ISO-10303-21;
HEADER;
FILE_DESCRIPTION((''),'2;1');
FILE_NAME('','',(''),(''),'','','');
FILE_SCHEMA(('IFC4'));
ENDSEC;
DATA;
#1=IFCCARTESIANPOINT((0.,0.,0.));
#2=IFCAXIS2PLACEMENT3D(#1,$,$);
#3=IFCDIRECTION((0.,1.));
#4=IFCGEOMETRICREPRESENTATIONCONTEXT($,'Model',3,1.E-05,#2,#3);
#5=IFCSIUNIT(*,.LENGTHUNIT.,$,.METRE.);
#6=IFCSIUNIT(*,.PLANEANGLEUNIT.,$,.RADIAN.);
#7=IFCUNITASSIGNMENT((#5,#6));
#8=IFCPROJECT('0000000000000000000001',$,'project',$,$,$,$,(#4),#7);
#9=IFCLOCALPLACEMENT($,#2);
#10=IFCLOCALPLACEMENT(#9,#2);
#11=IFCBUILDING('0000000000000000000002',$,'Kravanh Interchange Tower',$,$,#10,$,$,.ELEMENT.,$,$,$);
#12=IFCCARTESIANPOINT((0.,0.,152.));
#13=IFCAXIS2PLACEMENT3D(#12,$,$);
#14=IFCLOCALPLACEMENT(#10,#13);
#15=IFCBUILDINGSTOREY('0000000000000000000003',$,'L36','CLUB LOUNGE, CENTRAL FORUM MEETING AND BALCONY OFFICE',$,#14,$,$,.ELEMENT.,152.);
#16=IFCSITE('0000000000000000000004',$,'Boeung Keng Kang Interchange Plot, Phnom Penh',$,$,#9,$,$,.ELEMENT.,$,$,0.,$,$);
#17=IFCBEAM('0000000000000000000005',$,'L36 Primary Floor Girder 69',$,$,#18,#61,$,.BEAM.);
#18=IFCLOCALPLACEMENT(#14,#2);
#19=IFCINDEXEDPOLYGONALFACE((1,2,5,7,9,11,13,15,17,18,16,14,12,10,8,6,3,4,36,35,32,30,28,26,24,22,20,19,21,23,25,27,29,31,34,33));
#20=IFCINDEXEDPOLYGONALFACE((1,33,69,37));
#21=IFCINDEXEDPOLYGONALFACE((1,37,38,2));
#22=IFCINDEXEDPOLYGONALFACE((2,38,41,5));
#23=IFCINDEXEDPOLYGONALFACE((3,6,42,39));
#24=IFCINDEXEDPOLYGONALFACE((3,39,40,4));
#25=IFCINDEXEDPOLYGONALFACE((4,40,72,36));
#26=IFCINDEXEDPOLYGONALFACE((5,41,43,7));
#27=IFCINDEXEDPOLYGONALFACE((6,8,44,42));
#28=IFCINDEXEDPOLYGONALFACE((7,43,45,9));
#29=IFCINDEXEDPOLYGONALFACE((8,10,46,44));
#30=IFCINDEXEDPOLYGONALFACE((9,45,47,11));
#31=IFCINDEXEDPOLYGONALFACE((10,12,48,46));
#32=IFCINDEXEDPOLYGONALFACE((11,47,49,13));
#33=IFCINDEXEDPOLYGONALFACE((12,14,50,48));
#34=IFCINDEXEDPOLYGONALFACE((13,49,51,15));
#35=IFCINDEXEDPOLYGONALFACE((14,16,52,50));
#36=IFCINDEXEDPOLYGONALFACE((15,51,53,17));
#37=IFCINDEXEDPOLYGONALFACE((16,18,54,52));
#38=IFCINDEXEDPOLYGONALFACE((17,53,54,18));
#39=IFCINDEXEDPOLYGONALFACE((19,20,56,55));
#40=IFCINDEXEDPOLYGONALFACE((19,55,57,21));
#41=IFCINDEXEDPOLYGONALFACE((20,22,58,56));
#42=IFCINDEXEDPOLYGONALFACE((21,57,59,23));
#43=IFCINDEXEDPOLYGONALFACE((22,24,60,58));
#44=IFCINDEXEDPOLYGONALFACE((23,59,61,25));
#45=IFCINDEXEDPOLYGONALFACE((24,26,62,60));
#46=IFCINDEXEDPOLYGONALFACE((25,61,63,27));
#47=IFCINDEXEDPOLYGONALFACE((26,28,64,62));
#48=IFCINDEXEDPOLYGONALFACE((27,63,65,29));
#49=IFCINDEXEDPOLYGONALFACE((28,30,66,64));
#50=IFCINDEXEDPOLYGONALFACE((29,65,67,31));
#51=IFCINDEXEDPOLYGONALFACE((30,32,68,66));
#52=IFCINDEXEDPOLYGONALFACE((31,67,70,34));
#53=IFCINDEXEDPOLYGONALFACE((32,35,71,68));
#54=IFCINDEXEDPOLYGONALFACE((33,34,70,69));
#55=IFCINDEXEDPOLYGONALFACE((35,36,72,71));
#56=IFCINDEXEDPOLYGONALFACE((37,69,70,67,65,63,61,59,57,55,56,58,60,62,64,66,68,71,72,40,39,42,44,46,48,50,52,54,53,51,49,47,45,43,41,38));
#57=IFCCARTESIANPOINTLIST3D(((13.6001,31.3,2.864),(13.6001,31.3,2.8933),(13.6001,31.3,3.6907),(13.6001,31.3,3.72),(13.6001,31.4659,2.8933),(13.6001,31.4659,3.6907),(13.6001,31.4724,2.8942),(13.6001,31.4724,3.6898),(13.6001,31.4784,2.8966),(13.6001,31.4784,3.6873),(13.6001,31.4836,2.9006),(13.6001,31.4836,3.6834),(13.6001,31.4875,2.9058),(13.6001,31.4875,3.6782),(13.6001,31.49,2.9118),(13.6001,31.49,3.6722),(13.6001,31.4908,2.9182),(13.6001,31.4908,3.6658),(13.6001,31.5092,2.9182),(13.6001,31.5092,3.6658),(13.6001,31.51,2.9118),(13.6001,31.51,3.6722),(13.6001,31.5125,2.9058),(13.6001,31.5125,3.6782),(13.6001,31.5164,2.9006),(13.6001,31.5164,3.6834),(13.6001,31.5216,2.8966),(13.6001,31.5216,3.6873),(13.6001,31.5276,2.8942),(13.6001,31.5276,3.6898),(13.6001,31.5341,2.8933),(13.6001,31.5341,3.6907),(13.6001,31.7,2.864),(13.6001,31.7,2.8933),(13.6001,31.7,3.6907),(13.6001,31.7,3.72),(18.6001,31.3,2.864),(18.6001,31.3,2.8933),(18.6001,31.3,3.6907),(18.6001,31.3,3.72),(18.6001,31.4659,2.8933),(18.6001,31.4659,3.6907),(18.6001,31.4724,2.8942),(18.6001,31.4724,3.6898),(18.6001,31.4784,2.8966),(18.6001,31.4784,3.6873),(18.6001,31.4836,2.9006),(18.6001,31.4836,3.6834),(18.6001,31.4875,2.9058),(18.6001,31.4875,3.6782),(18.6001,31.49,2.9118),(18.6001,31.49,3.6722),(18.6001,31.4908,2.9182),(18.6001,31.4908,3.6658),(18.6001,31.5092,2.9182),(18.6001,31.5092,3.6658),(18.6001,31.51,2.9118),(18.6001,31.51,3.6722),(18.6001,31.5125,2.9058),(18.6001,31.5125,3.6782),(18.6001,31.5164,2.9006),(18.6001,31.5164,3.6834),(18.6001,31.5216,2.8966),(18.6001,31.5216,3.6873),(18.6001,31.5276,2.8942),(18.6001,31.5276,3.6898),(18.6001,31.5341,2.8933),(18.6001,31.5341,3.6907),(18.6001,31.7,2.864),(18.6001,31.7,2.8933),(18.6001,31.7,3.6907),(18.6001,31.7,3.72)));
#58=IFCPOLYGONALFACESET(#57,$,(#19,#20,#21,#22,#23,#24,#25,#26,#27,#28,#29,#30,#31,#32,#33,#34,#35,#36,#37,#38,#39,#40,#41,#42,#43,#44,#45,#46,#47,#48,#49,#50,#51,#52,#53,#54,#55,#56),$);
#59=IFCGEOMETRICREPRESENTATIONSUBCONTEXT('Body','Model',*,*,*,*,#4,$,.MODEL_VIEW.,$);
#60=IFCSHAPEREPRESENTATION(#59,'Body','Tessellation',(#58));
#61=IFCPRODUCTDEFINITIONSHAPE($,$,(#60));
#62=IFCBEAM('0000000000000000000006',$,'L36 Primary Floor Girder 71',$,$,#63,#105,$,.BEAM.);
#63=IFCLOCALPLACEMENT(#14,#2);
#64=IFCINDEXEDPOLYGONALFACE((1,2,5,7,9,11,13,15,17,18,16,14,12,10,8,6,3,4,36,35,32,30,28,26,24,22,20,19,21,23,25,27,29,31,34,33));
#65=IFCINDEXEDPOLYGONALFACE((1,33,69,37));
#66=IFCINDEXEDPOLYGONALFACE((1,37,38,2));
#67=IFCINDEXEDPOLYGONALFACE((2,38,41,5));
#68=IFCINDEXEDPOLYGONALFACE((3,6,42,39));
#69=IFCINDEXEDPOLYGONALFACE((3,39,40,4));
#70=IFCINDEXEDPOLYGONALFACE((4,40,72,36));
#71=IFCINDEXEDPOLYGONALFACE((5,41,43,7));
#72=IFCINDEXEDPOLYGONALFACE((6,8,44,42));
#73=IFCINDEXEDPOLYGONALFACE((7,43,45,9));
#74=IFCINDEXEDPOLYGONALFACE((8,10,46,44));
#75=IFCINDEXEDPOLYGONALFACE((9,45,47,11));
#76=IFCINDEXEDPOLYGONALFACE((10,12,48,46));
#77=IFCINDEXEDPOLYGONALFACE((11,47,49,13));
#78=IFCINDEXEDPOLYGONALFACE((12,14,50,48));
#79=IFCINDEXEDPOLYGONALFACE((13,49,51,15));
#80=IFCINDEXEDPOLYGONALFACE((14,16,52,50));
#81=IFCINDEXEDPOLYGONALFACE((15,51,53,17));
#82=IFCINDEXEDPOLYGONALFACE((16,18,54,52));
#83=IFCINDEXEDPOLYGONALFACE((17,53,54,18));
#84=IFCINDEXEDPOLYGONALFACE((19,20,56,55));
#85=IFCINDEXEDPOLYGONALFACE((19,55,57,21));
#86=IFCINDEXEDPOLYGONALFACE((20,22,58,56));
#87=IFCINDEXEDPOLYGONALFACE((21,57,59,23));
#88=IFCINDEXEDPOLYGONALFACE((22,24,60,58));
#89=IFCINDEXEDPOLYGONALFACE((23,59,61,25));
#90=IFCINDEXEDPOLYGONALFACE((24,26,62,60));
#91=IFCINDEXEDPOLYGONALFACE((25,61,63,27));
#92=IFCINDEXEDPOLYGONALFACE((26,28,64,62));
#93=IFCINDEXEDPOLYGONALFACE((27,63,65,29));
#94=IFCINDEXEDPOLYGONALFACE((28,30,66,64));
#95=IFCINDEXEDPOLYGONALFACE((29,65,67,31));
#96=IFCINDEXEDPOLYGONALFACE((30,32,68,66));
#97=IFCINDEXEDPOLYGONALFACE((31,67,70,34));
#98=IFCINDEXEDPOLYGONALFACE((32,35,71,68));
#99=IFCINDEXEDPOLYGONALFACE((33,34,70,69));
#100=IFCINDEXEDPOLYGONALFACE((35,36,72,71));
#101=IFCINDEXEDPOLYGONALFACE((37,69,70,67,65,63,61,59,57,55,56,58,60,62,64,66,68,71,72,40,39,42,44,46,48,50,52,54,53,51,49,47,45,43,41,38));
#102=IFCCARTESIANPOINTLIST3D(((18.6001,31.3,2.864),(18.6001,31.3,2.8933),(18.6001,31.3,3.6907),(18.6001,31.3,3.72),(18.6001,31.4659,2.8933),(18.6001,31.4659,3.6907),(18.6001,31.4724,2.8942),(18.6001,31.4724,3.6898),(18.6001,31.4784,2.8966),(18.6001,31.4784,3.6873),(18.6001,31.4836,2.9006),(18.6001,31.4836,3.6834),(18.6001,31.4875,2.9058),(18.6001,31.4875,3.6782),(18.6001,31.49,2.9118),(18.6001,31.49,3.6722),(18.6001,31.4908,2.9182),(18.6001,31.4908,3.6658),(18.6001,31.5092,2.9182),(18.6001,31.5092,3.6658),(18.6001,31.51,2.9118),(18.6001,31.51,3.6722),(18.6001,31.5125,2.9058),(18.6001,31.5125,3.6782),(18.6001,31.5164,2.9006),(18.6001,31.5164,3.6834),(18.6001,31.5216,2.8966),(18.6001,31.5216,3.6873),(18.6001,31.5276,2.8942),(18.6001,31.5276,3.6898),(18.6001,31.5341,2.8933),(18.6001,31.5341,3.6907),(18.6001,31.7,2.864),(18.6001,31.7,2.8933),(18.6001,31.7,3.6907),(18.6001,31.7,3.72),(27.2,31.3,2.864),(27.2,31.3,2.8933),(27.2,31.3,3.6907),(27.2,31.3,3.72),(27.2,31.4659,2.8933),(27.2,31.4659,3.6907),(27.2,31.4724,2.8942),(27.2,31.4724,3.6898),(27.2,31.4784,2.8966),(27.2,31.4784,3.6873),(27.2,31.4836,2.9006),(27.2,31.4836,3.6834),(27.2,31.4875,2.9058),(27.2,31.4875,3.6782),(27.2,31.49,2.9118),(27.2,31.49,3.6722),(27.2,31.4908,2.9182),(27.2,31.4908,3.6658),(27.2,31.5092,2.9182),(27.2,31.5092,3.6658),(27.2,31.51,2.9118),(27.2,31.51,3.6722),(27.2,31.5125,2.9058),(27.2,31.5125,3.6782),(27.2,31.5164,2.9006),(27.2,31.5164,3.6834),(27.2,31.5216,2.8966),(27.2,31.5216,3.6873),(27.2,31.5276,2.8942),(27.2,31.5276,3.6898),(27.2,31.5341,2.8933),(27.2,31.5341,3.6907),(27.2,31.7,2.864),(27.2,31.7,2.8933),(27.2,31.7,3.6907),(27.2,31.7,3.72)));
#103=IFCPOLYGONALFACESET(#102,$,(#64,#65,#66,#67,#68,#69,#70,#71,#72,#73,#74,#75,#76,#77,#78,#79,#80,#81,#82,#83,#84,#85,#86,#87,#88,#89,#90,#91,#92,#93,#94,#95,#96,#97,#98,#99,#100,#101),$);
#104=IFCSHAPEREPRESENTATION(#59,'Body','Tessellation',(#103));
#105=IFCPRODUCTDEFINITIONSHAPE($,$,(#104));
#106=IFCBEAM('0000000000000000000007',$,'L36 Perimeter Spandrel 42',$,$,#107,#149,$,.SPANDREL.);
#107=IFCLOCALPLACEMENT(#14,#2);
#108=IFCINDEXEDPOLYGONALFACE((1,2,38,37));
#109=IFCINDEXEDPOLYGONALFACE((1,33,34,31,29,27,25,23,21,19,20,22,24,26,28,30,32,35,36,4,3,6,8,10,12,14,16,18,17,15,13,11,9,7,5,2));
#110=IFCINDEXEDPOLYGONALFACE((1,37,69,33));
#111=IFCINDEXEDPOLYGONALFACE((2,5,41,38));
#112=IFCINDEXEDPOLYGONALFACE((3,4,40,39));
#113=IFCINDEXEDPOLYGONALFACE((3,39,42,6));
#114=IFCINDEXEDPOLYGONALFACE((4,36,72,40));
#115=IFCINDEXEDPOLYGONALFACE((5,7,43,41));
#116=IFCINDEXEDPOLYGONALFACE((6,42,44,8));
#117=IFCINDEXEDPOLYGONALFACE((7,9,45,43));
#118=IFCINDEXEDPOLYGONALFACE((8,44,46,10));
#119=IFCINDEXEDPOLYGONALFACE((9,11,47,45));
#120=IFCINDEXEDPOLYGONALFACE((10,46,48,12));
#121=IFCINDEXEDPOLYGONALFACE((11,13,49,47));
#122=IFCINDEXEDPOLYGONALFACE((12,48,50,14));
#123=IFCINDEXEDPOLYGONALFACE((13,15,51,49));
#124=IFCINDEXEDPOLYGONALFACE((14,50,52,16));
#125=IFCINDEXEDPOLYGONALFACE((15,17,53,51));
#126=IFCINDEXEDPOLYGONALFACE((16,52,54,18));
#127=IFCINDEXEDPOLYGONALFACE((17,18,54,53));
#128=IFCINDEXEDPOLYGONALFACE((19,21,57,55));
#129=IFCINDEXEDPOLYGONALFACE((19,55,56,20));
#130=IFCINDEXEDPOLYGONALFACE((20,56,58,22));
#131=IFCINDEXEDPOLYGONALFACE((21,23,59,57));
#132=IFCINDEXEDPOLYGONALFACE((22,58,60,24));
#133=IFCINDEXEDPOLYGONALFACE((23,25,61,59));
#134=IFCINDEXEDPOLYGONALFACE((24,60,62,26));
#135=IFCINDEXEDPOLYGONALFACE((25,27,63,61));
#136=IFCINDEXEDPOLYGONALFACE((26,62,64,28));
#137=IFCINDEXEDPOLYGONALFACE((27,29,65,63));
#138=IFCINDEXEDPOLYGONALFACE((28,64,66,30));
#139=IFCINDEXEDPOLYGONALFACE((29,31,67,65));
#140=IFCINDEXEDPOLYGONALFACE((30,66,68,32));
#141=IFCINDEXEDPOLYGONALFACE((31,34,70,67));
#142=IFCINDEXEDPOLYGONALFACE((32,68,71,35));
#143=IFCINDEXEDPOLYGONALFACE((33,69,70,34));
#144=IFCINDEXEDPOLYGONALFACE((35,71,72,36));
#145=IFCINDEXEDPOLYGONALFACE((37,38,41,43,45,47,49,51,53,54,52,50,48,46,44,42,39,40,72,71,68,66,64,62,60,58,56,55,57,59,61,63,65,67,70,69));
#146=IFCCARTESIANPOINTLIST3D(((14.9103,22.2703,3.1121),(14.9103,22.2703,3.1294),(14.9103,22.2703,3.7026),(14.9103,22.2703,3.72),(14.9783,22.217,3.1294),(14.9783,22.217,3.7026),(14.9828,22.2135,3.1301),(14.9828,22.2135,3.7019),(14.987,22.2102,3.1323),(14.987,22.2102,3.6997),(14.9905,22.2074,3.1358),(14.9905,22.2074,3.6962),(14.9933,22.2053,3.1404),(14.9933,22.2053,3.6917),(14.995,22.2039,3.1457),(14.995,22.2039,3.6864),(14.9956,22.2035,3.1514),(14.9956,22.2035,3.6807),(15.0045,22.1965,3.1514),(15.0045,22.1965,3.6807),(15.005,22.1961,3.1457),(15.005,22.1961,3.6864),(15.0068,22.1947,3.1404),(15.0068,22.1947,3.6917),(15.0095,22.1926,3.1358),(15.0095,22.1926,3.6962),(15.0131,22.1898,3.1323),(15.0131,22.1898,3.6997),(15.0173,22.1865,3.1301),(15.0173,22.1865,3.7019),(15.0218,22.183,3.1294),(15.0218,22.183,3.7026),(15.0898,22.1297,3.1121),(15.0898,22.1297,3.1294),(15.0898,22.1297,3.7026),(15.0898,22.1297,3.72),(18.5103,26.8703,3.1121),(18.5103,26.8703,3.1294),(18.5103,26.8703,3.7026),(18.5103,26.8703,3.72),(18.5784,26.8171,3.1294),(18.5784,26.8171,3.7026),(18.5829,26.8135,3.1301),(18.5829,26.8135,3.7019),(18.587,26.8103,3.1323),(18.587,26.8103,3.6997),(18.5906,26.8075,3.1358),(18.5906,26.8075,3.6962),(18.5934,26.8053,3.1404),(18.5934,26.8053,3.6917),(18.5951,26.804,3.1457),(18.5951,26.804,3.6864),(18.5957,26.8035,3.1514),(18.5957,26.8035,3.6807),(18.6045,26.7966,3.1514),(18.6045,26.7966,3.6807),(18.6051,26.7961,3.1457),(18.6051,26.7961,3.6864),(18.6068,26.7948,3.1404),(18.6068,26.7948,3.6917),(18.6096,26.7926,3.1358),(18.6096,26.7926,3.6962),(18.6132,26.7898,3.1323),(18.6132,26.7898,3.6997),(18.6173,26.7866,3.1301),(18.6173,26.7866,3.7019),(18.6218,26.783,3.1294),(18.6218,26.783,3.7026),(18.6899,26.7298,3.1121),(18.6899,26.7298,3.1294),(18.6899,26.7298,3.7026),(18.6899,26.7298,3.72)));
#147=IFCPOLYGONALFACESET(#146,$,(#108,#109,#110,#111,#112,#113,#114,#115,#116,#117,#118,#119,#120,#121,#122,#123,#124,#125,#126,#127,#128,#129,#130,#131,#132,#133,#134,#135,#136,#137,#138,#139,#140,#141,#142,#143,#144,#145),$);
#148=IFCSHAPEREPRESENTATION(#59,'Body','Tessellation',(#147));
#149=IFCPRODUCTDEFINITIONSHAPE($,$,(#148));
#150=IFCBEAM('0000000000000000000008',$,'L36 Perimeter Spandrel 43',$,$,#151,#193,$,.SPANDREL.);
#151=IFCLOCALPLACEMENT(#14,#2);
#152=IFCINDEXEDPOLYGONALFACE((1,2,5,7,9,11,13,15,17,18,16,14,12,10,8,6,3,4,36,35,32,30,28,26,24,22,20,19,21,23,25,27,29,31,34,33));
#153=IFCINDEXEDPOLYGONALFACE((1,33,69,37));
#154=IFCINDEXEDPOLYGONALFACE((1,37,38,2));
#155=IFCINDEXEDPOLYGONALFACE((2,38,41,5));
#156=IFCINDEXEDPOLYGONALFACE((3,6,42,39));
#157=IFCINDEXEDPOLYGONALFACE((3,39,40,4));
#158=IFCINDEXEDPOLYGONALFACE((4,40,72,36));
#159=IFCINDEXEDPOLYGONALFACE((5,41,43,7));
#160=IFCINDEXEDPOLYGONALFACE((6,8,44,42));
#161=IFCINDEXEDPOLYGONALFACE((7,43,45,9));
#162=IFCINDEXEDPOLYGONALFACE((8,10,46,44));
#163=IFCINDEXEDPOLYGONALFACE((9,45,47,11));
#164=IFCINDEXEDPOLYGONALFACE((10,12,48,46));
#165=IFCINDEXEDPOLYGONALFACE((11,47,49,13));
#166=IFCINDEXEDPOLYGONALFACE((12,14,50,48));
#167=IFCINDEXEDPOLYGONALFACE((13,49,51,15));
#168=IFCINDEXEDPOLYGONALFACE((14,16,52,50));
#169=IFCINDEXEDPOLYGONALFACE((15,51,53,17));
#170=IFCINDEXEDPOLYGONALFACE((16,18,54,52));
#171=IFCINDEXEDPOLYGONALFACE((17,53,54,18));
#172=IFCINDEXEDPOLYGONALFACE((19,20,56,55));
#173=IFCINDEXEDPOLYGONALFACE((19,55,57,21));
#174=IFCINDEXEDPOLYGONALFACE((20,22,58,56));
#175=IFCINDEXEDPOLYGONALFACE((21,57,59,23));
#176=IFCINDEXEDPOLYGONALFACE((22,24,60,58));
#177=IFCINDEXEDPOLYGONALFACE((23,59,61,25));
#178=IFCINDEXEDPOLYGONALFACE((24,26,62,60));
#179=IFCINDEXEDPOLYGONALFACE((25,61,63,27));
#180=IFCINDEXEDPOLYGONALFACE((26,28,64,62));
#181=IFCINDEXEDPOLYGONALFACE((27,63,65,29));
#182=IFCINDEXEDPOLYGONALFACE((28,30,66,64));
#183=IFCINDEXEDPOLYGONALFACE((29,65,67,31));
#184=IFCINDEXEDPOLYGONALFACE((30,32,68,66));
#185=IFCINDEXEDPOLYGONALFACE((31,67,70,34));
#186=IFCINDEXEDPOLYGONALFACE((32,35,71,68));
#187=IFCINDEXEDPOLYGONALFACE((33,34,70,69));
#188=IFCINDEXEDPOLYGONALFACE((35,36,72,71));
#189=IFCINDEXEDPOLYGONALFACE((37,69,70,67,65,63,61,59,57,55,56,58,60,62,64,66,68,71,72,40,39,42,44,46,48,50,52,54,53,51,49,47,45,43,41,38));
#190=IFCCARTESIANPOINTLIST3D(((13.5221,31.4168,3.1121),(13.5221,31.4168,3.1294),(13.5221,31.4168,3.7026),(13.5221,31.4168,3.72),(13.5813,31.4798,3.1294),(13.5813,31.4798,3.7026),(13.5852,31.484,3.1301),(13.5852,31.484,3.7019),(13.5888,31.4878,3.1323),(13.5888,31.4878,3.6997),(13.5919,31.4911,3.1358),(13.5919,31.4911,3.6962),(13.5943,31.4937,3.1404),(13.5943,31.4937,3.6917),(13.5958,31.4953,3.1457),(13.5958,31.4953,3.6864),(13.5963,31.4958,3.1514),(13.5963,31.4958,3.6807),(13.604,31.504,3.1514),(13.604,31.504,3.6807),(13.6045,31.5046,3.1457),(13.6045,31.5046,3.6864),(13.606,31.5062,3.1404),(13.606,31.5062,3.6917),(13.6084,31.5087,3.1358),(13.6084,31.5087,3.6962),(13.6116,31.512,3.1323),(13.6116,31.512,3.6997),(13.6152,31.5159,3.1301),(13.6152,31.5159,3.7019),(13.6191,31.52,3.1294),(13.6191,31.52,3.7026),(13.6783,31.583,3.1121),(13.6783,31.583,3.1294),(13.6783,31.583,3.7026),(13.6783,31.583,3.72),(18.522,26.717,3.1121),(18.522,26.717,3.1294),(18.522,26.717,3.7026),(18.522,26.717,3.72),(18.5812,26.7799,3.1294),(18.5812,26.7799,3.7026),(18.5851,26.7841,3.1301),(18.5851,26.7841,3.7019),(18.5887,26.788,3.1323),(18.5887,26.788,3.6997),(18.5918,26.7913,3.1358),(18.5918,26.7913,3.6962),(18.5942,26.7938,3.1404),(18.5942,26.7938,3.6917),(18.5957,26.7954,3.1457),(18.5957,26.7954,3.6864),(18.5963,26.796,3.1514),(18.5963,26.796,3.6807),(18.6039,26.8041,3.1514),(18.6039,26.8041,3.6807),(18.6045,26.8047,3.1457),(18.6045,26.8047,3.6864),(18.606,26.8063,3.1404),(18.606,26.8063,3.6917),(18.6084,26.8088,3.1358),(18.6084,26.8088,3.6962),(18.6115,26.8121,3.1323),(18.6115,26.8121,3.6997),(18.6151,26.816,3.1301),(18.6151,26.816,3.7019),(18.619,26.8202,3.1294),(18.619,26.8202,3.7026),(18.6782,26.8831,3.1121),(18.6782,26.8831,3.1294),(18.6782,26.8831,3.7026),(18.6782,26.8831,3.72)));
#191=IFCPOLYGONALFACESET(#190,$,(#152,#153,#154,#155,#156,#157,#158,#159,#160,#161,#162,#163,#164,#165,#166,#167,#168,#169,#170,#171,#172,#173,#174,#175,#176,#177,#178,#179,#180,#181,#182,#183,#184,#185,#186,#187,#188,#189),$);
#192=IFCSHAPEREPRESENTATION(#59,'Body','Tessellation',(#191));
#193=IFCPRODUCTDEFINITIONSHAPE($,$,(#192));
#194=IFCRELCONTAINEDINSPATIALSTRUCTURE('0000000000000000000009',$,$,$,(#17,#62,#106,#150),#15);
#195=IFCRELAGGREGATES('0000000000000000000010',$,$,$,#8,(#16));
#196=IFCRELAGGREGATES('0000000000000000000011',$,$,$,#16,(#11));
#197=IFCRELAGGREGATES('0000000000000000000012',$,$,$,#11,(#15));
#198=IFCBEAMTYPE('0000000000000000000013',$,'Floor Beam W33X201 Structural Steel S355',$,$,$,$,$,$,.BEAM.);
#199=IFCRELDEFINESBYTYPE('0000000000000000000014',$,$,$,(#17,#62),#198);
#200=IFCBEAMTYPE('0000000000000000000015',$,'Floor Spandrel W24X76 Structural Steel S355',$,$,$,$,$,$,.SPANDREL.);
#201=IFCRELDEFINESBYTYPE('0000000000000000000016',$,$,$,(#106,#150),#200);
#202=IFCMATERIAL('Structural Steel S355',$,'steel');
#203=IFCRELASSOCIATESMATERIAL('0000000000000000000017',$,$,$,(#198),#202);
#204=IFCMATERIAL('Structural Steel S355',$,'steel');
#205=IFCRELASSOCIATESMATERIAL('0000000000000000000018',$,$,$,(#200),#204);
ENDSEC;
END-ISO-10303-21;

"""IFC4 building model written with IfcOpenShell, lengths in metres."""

from ifc_helpers import new_model, si_unit, direction, frame, origin, origin_2d, place, context, subcontext, project, spatial, i_section, extrude, material, material_profile, profile_set, type_object, element, save


model = new_model("IFC4")

# Units and contexts
model_context = context("Model", 3, precision=1e-05, world=origin(), true_north=direction((0.0, 1.0)))
body_context = subcontext(model_context, "Body", "Model", "MODEL_VIEW")
ifc_project = project(units=[si_unit("LENGTHUNIT", "METRE"), si_unit("PLANEANGLEUNIT", "RADIAN")], contexts=[model_context])

# Site, building, storey
site_placement = place(None, origin())
site = spatial("IfcSite", under=ifc_project, at=site_placement, Name="Boeung Keng Kang Interchange Plot, Phnom Penh", CompositionType="ELEMENT", RefElevation=0.0)
building_placement = place(site_placement, origin())
building = spatial("IfcBuilding", under=site, at=building_placement, Name="Kravanh Interchange Tower", CompositionType="ELEMENT")
storey_placement = place(building_placement, frame((0.0, 0.0, 152.0)))
storey = spatial("IfcBuildingStorey", under=building, at=storey_placement, Name="L36", Description="CLUB LOUNGE, CENTRAL FORUM MEETING AND BALCONY OFFICE", CompositionType="ELEMENT", Elevation=152.0)

# Beams
ifc_material_1 = material(Name="Structural Steel S355", Category="steel")
ifc_material_profile_1 = material_profile(ifc_material_1, i_section(OverallWidth=0.3999, OverallDepth=0.856, WebThickness=0.0183, FlangeThickness=0.0293, FilletRadius=0.0249, at=origin_2d()), Name="W33X201")
ifc_profile_set_1 = profile_set([ifc_material_profile_1], Name="Structural Steel S355")
beam_type_1 = type_object("IfcBeamType", Name="Floor Beam W33X201 Structural Steel S355", PredefinedType="BEAM", material=ifc_profile_set_1)
beam_1_placement = place(storey_placement, frame((13.6001, 31.5, 3.292), z_axis=(1.0, 0.0, 0.0), x_axis=(0.0, 1.0, 0.0)))
element("IfcBeam", 1, at=beam_1_placement, inside=storey, type_object=beam_type_1, Name="L36 Primary Floor Girder 69", PredefinedType="BEAM", context=body_context, shape_type="SweptSolid", body=[
    extrude(i_section(OverallWidth=0.3999, OverallDepth=0.856, WebThickness=0.0183, FlangeThickness=0.0293, FilletRadius=0.0249, at=origin_2d()), origin(), (0.0, 0.0, 1.0), 5.0),
])
beam_2_placement = place(storey_placement, frame((18.6001, 31.5, 3.292), z_axis=(1.0, 0.0, 0.0), x_axis=(0.0, 1.0, 0.0)))
element("IfcBeam", 2, at=beam_2_placement, inside=storey, type_object=beam_type_1, Name="L36 Primary Floor Girder 71", PredefinedType="BEAM", context=body_context, shape_type="SweptSolid", body=[
    extrude(i_section(OverallWidth=0.3999, OverallDepth=0.856, WebThickness=0.0183, FlangeThickness=0.0293, FilletRadius=0.0249, at=origin_2d()), origin(), (0.0, 0.0, 1.0), 8.5999),
])
ifc_material_2 = material(Name="Structural Steel S355", Category="steel")
ifc_material_profile_2 = material_profile(ifc_material_2, i_section(OverallWidth=0.228, OverallDepth=0.6079, WebThickness=0.0112, FlangeThickness=0.0173, FilletRadius=0.022, at=origin_2d()), Name="W24X76")
ifc_profile_set_2 = profile_set([ifc_material_profile_2], Name="Structural Steel S355")
beam_type_2 = type_object("IfcBeamType", Name="Floor Spandrel W24X76 Structural Steel S355", PredefinedType="SPANDREL", material=ifc_profile_set_2)
beam_3_placement = place(storey_placement, frame((18.6001, 26.8, 3.416), z_axis=(-0.616311, -0.787503, 0.0), x_axis=(0.787503, -0.616311, 0.0)))
element("IfcBeam", 3, at=beam_3_placement, inside=storey, type_object=beam_type_2, Name="L36 Perimeter Spandrel 42", PredefinedType="SPANDREL", context=body_context, shape_type="SweptSolid", body=[
    extrude(i_section(OverallWidth=0.228, OverallDepth=0.6079, WebThickness=0.0112, FlangeThickness=0.0173, FilletRadius=0.022, at=origin_2d()), origin(), (0.0, 0.0, 1.0), 5.8413),
])
beam_4_placement = place(storey_placement, frame((18.6001, 26.8, 3.416), z_axis=(-0.728631, 0.684906, 0.0), x_axis=(-0.684906, -0.728631, 0.0)))
element("IfcBeam", 4, at=beam_4_placement, inside=storey, type_object=beam_type_2, Name="L36 Perimeter Spandrel 43", PredefinedType="SPANDREL", context=body_context, shape_type="SweptSolid", body=[
    extrude(i_section(OverallWidth=0.228, OverallDepth=0.6079, WebThickness=0.0112, FlangeThickness=0.0173, FilletRadius=0.022, at=origin_2d()), origin(), (0.0, 0.0, 1.0), 6.8621),
])

save(model, "model.ifc")
